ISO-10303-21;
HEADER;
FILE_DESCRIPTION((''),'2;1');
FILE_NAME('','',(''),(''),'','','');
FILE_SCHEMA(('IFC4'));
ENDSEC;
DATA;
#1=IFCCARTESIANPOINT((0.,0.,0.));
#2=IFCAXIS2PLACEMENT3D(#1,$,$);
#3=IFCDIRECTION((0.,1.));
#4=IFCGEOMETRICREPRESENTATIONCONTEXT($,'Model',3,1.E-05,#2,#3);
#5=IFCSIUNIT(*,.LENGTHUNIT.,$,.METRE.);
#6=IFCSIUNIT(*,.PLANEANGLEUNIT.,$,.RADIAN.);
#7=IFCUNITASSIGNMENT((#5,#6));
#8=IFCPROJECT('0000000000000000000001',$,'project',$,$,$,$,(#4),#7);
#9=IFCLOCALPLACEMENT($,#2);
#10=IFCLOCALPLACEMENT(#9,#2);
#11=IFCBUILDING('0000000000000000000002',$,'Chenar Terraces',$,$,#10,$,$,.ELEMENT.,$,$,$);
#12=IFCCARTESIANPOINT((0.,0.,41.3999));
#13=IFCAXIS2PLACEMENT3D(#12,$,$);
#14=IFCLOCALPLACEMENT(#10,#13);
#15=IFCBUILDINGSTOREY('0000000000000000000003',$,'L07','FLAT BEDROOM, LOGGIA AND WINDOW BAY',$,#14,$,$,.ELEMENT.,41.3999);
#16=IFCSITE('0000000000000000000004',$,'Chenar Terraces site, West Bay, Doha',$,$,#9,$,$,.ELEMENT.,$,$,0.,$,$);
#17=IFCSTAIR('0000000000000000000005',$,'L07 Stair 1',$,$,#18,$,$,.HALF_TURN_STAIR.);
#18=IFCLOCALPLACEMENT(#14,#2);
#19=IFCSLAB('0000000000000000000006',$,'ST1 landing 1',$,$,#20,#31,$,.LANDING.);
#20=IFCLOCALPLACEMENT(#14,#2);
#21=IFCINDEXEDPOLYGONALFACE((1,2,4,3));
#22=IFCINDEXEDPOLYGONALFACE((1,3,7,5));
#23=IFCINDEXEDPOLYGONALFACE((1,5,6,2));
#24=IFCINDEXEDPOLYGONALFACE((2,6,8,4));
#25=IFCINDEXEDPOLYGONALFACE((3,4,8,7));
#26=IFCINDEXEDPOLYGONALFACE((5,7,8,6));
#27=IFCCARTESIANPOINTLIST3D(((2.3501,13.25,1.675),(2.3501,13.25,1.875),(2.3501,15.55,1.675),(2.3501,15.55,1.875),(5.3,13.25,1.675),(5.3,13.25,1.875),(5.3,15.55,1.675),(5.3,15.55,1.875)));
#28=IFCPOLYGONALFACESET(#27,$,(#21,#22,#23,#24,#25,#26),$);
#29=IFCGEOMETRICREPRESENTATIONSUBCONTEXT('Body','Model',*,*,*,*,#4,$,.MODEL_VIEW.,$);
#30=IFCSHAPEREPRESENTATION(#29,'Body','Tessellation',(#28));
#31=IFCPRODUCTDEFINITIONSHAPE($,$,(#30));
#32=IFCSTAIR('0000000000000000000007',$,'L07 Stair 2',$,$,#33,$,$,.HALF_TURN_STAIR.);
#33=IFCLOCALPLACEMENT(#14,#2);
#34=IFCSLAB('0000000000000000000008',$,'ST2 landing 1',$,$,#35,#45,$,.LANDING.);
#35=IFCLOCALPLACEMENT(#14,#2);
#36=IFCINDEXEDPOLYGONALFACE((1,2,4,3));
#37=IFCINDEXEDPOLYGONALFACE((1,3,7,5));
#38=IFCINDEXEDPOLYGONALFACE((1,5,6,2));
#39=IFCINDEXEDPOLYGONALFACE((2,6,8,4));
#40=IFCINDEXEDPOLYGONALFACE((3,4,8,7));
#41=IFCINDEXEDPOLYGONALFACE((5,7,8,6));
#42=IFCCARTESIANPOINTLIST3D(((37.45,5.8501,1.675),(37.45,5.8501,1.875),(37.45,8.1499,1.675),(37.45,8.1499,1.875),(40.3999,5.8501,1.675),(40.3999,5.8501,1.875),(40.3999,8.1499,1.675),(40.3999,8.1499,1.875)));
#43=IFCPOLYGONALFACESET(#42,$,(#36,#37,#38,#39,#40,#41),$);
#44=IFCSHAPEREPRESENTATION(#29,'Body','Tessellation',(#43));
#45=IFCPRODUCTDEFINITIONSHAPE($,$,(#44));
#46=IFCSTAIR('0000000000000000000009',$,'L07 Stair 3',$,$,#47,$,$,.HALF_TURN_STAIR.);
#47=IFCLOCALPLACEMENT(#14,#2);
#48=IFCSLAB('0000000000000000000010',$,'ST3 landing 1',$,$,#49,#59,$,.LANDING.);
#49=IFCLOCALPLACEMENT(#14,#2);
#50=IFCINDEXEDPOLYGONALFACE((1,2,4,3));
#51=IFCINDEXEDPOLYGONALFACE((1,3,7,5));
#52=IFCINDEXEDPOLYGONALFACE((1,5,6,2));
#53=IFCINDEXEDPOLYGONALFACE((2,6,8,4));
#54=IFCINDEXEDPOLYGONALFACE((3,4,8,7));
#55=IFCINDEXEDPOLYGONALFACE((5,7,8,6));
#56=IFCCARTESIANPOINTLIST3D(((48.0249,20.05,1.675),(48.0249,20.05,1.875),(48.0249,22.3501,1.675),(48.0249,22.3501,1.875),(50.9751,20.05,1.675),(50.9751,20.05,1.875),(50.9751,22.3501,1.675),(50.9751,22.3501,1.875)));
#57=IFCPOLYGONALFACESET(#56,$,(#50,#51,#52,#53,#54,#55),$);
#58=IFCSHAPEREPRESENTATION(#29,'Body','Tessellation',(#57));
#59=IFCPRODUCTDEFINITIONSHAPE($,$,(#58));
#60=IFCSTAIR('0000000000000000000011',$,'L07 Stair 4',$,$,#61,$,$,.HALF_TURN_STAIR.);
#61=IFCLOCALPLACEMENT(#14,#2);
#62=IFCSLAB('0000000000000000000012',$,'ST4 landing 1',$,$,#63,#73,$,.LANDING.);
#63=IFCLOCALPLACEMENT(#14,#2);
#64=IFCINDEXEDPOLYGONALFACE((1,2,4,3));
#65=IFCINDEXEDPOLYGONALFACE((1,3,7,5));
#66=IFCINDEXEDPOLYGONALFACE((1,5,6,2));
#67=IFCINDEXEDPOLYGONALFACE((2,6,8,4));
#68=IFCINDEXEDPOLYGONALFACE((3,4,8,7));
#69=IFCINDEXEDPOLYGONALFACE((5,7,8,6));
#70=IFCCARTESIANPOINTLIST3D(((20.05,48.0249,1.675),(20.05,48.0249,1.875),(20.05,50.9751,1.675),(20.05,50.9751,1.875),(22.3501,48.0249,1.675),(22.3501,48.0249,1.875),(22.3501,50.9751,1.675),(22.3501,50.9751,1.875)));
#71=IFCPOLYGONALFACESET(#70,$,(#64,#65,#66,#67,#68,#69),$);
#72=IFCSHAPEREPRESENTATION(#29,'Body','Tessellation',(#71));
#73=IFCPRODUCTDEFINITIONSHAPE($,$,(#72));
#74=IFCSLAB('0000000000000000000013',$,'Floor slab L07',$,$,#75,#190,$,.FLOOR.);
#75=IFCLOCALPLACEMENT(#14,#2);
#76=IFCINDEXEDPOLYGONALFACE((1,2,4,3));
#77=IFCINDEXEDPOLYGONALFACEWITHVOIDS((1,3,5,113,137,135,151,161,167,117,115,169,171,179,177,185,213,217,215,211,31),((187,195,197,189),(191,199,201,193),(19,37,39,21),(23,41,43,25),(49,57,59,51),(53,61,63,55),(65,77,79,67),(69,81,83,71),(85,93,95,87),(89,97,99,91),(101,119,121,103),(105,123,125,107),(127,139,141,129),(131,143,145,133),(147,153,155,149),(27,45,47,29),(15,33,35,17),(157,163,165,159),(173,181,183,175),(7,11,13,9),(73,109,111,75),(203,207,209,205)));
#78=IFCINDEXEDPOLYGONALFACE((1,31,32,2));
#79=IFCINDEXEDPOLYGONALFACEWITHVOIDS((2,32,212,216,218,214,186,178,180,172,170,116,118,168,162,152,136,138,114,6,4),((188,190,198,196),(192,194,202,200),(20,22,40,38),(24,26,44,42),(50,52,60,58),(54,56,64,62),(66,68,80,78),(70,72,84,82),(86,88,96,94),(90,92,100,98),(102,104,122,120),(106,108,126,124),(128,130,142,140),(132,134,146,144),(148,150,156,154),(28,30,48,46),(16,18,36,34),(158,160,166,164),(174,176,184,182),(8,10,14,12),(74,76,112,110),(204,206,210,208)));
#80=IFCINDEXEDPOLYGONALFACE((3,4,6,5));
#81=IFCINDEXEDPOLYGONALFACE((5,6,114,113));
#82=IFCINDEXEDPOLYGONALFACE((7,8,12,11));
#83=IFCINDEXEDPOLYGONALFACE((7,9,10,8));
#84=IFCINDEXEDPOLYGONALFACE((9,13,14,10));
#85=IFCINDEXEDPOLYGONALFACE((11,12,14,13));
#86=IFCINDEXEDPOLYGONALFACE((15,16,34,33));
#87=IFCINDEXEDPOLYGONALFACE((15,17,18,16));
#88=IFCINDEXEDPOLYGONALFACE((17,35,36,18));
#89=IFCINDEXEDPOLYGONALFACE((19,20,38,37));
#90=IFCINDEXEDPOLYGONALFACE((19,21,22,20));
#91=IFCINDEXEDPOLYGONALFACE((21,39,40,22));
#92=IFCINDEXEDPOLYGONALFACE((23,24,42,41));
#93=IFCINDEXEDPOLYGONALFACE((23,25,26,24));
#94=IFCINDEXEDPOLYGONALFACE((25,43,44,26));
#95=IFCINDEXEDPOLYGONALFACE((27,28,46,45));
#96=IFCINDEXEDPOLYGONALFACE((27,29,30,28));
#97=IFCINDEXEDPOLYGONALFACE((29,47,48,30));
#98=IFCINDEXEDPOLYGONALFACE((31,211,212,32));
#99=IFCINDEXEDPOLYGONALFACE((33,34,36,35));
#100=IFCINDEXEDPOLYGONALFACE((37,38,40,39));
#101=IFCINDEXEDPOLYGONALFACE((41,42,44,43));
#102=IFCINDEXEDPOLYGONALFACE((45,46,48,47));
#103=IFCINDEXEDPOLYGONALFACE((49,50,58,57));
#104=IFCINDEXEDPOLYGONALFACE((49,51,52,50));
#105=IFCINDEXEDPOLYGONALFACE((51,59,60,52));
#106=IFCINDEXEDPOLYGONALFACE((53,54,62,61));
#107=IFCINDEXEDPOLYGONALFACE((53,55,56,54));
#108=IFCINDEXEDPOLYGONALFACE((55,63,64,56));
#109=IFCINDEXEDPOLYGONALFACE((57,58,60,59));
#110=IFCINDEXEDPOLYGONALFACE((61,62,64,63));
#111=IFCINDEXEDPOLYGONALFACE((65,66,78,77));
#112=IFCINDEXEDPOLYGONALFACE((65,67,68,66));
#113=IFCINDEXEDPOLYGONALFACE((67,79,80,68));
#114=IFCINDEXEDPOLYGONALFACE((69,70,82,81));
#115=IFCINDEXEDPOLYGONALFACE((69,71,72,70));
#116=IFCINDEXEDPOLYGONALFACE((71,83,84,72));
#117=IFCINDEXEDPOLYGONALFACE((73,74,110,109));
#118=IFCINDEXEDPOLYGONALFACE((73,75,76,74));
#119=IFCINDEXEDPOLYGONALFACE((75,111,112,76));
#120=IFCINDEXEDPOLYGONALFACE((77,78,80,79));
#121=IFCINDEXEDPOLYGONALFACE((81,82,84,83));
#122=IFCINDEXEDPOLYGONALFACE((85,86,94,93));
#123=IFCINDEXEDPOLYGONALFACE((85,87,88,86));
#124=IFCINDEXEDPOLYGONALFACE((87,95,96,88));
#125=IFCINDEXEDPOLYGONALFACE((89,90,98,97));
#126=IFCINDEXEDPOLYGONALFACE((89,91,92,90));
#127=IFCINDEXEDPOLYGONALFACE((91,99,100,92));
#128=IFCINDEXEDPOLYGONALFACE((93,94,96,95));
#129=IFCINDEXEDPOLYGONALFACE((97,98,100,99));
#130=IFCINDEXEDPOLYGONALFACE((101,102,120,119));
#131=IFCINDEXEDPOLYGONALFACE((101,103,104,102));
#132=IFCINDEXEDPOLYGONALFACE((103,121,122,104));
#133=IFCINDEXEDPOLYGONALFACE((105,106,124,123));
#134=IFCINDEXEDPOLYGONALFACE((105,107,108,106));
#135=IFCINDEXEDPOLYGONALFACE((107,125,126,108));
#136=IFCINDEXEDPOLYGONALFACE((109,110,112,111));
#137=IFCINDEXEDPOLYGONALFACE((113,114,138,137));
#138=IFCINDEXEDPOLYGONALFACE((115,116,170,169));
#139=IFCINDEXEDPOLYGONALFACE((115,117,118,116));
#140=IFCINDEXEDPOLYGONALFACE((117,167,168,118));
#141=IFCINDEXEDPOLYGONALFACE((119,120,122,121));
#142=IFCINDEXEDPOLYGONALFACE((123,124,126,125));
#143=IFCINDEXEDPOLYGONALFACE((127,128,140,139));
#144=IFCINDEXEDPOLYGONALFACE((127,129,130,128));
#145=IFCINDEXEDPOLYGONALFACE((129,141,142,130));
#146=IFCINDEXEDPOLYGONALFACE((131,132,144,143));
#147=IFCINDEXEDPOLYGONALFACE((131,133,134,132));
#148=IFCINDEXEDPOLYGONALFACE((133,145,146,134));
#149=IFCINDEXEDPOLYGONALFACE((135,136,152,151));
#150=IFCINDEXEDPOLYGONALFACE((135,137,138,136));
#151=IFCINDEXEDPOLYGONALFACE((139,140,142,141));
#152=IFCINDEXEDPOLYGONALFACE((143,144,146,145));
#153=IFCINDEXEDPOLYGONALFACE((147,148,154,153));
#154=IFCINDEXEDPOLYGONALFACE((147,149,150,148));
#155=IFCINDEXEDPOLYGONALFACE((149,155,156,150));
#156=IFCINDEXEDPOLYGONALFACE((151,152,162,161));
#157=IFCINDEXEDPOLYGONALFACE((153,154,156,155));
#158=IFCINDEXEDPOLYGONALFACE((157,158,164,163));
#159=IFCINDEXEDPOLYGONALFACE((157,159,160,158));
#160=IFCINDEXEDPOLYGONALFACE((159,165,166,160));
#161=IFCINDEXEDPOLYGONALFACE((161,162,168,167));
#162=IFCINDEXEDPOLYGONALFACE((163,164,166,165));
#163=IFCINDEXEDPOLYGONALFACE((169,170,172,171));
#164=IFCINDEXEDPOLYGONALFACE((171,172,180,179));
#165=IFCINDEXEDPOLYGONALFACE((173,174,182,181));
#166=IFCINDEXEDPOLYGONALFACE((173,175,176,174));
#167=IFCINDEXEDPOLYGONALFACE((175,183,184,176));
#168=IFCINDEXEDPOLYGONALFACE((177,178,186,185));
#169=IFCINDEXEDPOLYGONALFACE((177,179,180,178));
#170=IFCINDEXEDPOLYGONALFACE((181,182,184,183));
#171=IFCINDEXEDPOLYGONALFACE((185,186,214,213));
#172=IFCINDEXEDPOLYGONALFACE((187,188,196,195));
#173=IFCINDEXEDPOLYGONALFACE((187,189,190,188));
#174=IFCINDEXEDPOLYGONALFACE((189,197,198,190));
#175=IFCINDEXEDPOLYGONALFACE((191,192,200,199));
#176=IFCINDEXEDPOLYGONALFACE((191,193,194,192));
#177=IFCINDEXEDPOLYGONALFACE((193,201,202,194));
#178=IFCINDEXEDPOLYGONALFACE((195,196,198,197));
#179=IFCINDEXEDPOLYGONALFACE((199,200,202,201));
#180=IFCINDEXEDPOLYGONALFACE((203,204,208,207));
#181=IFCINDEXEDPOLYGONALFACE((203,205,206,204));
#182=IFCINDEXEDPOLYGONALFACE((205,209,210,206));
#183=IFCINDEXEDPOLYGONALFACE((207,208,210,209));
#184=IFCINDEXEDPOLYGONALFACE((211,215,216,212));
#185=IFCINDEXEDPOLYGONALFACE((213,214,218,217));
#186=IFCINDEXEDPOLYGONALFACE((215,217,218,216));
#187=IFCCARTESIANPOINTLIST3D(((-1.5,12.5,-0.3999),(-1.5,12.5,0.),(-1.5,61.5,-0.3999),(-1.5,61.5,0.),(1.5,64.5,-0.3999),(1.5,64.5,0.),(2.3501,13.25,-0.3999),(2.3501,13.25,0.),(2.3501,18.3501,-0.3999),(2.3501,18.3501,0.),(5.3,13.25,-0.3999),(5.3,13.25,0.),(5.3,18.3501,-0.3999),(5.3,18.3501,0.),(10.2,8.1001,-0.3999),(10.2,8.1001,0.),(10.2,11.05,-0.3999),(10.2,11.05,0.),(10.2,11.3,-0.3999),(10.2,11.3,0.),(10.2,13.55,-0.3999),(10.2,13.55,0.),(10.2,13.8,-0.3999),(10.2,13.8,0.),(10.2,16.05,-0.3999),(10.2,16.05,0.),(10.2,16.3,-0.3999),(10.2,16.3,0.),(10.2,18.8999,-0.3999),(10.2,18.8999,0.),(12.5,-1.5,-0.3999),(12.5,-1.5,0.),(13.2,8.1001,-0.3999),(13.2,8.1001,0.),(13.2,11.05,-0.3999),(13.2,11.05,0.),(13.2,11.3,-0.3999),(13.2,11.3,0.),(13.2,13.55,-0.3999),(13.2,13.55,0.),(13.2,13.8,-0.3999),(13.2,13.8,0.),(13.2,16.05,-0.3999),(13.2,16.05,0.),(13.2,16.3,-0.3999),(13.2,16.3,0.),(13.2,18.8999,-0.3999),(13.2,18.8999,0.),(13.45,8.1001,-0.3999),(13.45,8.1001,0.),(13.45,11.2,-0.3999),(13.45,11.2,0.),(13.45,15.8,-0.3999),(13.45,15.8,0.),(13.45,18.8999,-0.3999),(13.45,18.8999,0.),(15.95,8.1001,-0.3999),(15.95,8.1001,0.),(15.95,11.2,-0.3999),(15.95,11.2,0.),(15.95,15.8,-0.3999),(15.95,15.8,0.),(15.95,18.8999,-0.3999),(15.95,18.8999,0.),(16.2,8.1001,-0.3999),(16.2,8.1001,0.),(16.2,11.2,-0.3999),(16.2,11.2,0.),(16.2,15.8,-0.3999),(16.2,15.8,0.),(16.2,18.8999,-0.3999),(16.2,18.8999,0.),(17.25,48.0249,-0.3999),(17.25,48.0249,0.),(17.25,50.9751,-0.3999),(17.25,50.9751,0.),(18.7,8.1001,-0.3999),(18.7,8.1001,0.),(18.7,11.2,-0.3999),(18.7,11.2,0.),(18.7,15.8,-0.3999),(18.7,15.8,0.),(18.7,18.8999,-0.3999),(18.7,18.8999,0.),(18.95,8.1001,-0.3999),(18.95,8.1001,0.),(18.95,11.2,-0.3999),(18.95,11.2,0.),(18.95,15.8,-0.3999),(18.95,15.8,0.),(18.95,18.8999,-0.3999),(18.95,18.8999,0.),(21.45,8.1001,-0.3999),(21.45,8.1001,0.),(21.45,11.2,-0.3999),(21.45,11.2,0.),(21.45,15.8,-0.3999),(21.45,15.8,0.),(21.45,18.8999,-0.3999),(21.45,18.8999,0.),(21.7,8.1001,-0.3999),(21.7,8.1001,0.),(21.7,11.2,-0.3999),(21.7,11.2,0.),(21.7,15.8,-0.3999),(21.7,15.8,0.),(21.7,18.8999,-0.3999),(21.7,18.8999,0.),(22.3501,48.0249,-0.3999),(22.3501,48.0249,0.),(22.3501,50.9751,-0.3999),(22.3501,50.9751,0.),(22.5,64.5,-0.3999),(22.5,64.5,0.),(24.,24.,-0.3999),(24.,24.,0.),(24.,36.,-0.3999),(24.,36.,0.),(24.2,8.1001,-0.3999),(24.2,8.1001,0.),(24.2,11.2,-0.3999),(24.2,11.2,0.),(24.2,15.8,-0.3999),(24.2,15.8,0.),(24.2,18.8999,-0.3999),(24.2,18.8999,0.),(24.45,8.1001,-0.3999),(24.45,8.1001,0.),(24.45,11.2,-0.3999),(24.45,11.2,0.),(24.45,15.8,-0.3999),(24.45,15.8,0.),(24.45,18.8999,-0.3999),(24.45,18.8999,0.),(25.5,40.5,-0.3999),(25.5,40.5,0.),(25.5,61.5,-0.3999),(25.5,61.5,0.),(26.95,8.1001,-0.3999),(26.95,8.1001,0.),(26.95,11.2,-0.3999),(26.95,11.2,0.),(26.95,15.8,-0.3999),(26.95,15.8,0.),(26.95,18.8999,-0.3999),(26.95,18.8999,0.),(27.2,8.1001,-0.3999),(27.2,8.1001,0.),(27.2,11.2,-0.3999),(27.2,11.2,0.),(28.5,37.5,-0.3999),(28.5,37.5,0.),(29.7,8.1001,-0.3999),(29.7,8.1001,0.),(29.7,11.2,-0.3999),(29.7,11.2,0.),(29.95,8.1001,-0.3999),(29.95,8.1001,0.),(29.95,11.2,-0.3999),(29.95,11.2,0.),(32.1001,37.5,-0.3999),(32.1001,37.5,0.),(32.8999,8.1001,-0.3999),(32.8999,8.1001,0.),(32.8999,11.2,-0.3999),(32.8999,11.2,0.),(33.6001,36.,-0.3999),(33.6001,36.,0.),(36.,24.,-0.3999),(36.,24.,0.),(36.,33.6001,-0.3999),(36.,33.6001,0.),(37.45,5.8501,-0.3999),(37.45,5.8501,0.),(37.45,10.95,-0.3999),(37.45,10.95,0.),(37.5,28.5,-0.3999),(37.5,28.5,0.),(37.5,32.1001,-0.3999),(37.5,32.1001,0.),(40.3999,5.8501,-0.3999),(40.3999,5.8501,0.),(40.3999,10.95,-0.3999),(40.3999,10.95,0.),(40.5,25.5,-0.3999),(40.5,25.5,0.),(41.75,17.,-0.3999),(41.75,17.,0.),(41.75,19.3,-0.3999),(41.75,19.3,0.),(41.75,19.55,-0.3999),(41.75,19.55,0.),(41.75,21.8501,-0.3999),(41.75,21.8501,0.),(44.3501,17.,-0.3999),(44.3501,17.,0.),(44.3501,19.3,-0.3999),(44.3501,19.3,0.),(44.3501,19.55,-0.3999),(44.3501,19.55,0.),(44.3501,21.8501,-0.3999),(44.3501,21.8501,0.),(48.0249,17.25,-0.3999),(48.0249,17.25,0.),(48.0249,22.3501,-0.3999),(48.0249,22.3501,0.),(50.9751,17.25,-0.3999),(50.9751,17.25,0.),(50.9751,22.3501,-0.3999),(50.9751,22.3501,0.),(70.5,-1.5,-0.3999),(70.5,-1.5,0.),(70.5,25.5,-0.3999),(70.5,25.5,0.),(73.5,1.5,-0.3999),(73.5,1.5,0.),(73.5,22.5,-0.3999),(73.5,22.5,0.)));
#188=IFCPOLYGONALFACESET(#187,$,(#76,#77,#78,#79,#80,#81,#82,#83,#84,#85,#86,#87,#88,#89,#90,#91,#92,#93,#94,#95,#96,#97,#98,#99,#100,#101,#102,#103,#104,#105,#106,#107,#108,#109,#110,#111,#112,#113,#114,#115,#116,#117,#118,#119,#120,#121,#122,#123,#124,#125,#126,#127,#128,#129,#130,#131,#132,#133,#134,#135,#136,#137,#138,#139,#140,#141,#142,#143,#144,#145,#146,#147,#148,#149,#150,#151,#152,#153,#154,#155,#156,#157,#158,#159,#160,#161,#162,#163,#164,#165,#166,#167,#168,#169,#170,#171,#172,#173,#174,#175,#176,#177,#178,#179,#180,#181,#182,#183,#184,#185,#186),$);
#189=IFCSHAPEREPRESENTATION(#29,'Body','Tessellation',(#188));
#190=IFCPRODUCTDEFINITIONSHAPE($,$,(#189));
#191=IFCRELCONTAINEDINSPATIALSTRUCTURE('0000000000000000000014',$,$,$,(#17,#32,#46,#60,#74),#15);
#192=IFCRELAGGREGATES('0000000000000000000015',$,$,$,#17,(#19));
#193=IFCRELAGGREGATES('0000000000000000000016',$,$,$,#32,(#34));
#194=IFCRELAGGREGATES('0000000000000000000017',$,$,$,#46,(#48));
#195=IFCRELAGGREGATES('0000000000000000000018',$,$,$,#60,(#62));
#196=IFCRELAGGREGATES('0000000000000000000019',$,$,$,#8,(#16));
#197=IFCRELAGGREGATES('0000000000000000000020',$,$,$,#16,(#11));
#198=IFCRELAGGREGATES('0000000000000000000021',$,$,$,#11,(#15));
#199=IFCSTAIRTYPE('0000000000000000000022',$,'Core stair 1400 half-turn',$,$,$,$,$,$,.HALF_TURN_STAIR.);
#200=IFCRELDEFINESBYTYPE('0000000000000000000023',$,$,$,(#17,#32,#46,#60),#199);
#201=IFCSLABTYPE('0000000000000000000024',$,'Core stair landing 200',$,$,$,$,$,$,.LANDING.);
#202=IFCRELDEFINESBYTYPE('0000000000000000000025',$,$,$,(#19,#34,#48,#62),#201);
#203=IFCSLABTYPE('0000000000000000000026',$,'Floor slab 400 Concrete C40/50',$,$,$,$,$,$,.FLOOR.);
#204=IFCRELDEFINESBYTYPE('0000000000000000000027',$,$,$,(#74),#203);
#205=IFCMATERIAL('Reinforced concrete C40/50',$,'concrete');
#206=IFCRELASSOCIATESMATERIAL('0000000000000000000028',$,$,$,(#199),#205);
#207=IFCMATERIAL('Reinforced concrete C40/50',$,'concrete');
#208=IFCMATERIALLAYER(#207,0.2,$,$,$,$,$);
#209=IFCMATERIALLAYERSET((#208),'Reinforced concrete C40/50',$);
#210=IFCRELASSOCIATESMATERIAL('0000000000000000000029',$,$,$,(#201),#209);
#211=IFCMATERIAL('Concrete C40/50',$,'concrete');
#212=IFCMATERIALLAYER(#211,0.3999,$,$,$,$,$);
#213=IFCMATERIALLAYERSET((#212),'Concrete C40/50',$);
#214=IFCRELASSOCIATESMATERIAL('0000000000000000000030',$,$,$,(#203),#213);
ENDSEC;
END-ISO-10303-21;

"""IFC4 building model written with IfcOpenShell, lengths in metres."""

from ifc_helpers import new_model, si_unit, direction, frame, origin, place, context, subcontext, project, spatial, polyline, outline, extrude, material, layer, layer_set, type_object, element, aggregate, save


model = new_model("IFC4")

# Units and contexts
model_context = context("Model", 3, precision=1e-05, world=origin(), true_north=direction((0.0, 1.0)))
body_context = subcontext(model_context, "Body", "Model", "MODEL_VIEW")
ifc_project = project(units=[si_unit("LENGTHUNIT", "METRE"), si_unit("PLANEANGLEUNIT", "RADIAN")], contexts=[model_context])

# Site, building, storey
site_placement = place(None, origin())
site = spatial("IfcSite", under=ifc_project, at=site_placement, Name="Chenar Terraces site, West Bay, Doha", CompositionType="ELEMENT", RefElevation=0.0)
building_placement = place(site_placement, origin())
building = spatial("IfcBuilding", under=site, at=building_placement, Name="Chenar Terraces", CompositionType="ELEMENT")
storey_placement = place(building_placement, frame((0.0, 0.0, 41.3999)))
storey = spatial("IfcBuildingStorey", under=building, at=storey_placement, Name="L07", Description="FLAT BEDROOM, LOGGIA AND WINDOW BAY", CompositionType="ELEMENT", Elevation=41.3999)

# Stairs, slabs
ifc_material_1 = material(Name="Reinforced concrete C40/50", Category="concrete")
stair_type = type_object("IfcStairType", Name="Core stair 1400 half-turn", PredefinedType="HALF_TURN_STAIR", material=ifc_material_1)
placement_1 = place(storey_placement, origin())
stair_1 = element("IfcStair", 1, at=placement_1, inside=storey, type_object=stair_type, Name="L07 Stair 1", PredefinedType="HALF_TURN_STAIR")
ifc_material_2 = material(Name="Reinforced concrete C40/50", Category="concrete")
ifc_layer_1 = layer(ifc_material_2, 0.2)
ifc_layer_set_1 = layer_set([ifc_layer_1], Name="Reinforced concrete C40/50")
slab_type_1 = type_object("IfcSlabType", Name="Core stair landing 200", PredefinedType="LANDING", material=ifc_layer_set_1)
placement_2 = place(storey_placement, frame((0.0, 0.0, 1.675)))
slab_1 = element("IfcSlab", 2, at=placement_2, type_object=slab_type_1, Name="ST1 landing 1", PredefinedType="LANDING", context=body_context, shape_type="SweptSolid", body=[
    extrude(outline(polyline([(2.3501, 15.55), (2.3501, 13.25), (5.3, 13.25), (5.3, 15.55), (2.3501, 15.55)])), origin(), (0.0, 0.0, 1.0), 0.2),
])
aggregate(stair_1, [slab_1])
stair_2 = element("IfcStair", 3, at=placement_1, inside=storey, type_object=stair_type, Name="L07 Stair 2", PredefinedType="HALF_TURN_STAIR")
slab_2 = element("IfcSlab", 4, at=placement_2, type_object=slab_type_1, Name="ST2 landing 1", PredefinedType="LANDING", context=body_context, shape_type="SweptSolid", body=[
    extrude(outline(polyline([(37.45, 8.1499), (37.45, 5.8501), (40.3999, 5.8501), (40.3999, 8.1499), (37.45, 8.1499)])), origin(), (0.0, 0.0, 1.0), 0.2),
])
aggregate(stair_2, [slab_2])
stair_3 = element("IfcStair", 5, at=placement_1, inside=storey, type_object=stair_type, Name="L07 Stair 3", PredefinedType="HALF_TURN_STAIR")
slab_3 = element("IfcSlab", 6, at=placement_2, type_object=slab_type_1, Name="ST3 landing 1", PredefinedType="LANDING", context=body_context, shape_type="SweptSolid", body=[
    extrude(outline(polyline([(50.9751, 20.05), (50.9751, 22.3501), (48.0249, 22.3501), (48.0249, 20.05), (50.9751, 20.05)])), origin(), (0.0, 0.0, 1.0), 0.2),
])
aggregate(stair_3, [slab_3])
stair_4 = element("IfcStair", 7, at=placement_1, inside=storey, type_object=stair_type, Name="L07 Stair 4", PredefinedType="HALF_TURN_STAIR")
slab_4 = element("IfcSlab", 8, at=placement_2, type_object=slab_type_1, Name="ST4 landing 1", PredefinedType="LANDING", context=body_context, shape_type="SweptSolid", body=[
    extrude(outline(polyline([(20.05, 48.0249), (22.3501, 48.0249), (22.3501, 50.9751), (20.05, 50.9751), (20.05, 48.0249)])), origin(), (0.0, 0.0, 1.0), 0.2),
])
aggregate(stair_4, [slab_4])

# Slab
ifc_material_3 = material(Name="Concrete C40/50", Category="concrete")
ifc_layer_2 = layer(ifc_material_3, 0.3999)
ifc_layer_set_2 = layer_set([ifc_layer_2], Name="Concrete C40/50")
slab_type_2 = type_object("IfcSlabType", Name="Floor slab 400 Concrete C40/50", PredefinedType="FLOOR", material=ifc_layer_set_2)
slab_5_placement = place(storey_placement, frame((0.0, 0.0, -0.3999)))
element("IfcSlab", 9, at=slab_5_placement, inside=storey, type_object=slab_type_2, Name="Floor slab L07", PredefinedType="FLOOR", context=body_context, shape_type="SweptSolid", body=[
    extrude(outline(polyline([(73.5, 22.5), (73.5, 1.5), (70.5, -1.5), (12.5, -1.5), (-1.5, 12.5), (-1.5, 61.5), (1.5, 64.5), (22.5, 64.5), (25.5, 61.5), (25.5, 40.5), (28.5, 37.5), (32.1001, 37.5), (33.6001, 36.0), (24.0, 36.0), (24.0, 24.0), (36.0, 24.0), (36.0, 33.6001), (37.5, 32.1001), (37.5, 28.5), (40.5, 25.5), (70.5, 25.5), (73.5, 22.5)]), holes=[polyline([(13.2, 11.05), (10.2, 11.05), (10.2, 8.1001), (13.2, 8.1001), (13.2, 11.05)]), polyline([(15.95, 11.2), (13.45, 11.2), (13.45, 8.1001), (15.95, 8.1001), (15.95, 11.2)]), polyline([(18.7, 11.2), (16.2, 11.2), (16.2, 8.1001), (18.7, 8.1001), (18.7, 11.2)]), polyline([(21.45, 8.1001), (21.45, 11.2), (18.95, 11.2), (18.95, 8.1001), (21.45, 8.1001)]), polyline([(13.2, 11.3), (13.2, 13.55), (10.2, 13.55), (10.2, 11.3), (13.2, 11.3)]), polyline([(13.2, 16.05), (10.2, 16.05), (10.2, 13.8), (13.2, 13.8), (13.2, 16.05)]), polyline([(2.3501, 18.3501), (2.3501, 13.25), (5.3, 13.25), (5.3, 18.3501), (2.3501, 18.3501)]), polyline([(15.95, 15.8), (15.95, 18.8999), (13.45, 18.8999), (13.45, 15.8), (15.95, 15.8)]), polyline([(18.7, 18.8999), (16.2, 18.8999), (16.2, 15.8), (18.7, 15.8), (18.7, 18.8999)]), polyline([(21.45, 15.8), (21.45, 18.8999), (18.95, 18.8999), (18.95, 15.8), (21.45, 15.8)]), polyline([(13.2, 16.3), (13.2, 18.8999), (10.2, 18.8999), (10.2, 16.3), (13.2, 16.3)]), polyline([(22.3501, 48.0249), (22.3501, 50.9751), (17.25, 50.9751), (17.25, 48.0249), (22.3501, 48.0249)]), polyline([(37.45, 10.95), (37.45, 5.8501), (40.3999, 5.8501), (40.3999, 10.95), (37.45, 10.95)]), polyline([(24.2, 8.1001), (24.2, 11.2), (21.7, 11.2), (21.7, 8.1001), (24.2, 8.1001)]), polyline([(26.95, 11.2), (24.45, 11.2), (24.45, 8.1001), (26.95, 8.1001), (26.95, 11.2)]), polyline([(29.7, 8.1001), (29.7, 11.2), (27.2, 11.2), (27.2, 8.1001), (29.7, 8.1001)]), polyline([(32.8999, 8.1001), (32.8999, 11.2), (29.95, 11.2), (29.95, 8.1001), (32.8999, 8.1001)]), polyline([(24.2, 18.8999), (21.7, 18.8999), (21.7, 15.8), (24.2, 15.8), (24.2, 18.8999)]), polyline([(26.95, 15.8), (26.95, 18.8999), (24.45, 18.8999), (24.45, 15.8), (26.95, 15.8)]), polyline([(44.3501, 17.0), (44.3501, 19.3), (41.75, 19.3), (41.75, 17.0), (44.3501, 17.0)]), polyline([(50.9751, 22.3501), (48.0249, 22.3501), (48.0249, 17.25), (50.9751, 17.25), (50.9751, 22.3501)]), polyline([(44.3501, 19.55), (44.3501, 21.8501), (41.75, 21.8501), (41.75, 19.55), (44.3501, 19.55)])]), origin(), (0.0, 0.0, 1.0), 0.3999),
])

save(model, "model.ifc")
